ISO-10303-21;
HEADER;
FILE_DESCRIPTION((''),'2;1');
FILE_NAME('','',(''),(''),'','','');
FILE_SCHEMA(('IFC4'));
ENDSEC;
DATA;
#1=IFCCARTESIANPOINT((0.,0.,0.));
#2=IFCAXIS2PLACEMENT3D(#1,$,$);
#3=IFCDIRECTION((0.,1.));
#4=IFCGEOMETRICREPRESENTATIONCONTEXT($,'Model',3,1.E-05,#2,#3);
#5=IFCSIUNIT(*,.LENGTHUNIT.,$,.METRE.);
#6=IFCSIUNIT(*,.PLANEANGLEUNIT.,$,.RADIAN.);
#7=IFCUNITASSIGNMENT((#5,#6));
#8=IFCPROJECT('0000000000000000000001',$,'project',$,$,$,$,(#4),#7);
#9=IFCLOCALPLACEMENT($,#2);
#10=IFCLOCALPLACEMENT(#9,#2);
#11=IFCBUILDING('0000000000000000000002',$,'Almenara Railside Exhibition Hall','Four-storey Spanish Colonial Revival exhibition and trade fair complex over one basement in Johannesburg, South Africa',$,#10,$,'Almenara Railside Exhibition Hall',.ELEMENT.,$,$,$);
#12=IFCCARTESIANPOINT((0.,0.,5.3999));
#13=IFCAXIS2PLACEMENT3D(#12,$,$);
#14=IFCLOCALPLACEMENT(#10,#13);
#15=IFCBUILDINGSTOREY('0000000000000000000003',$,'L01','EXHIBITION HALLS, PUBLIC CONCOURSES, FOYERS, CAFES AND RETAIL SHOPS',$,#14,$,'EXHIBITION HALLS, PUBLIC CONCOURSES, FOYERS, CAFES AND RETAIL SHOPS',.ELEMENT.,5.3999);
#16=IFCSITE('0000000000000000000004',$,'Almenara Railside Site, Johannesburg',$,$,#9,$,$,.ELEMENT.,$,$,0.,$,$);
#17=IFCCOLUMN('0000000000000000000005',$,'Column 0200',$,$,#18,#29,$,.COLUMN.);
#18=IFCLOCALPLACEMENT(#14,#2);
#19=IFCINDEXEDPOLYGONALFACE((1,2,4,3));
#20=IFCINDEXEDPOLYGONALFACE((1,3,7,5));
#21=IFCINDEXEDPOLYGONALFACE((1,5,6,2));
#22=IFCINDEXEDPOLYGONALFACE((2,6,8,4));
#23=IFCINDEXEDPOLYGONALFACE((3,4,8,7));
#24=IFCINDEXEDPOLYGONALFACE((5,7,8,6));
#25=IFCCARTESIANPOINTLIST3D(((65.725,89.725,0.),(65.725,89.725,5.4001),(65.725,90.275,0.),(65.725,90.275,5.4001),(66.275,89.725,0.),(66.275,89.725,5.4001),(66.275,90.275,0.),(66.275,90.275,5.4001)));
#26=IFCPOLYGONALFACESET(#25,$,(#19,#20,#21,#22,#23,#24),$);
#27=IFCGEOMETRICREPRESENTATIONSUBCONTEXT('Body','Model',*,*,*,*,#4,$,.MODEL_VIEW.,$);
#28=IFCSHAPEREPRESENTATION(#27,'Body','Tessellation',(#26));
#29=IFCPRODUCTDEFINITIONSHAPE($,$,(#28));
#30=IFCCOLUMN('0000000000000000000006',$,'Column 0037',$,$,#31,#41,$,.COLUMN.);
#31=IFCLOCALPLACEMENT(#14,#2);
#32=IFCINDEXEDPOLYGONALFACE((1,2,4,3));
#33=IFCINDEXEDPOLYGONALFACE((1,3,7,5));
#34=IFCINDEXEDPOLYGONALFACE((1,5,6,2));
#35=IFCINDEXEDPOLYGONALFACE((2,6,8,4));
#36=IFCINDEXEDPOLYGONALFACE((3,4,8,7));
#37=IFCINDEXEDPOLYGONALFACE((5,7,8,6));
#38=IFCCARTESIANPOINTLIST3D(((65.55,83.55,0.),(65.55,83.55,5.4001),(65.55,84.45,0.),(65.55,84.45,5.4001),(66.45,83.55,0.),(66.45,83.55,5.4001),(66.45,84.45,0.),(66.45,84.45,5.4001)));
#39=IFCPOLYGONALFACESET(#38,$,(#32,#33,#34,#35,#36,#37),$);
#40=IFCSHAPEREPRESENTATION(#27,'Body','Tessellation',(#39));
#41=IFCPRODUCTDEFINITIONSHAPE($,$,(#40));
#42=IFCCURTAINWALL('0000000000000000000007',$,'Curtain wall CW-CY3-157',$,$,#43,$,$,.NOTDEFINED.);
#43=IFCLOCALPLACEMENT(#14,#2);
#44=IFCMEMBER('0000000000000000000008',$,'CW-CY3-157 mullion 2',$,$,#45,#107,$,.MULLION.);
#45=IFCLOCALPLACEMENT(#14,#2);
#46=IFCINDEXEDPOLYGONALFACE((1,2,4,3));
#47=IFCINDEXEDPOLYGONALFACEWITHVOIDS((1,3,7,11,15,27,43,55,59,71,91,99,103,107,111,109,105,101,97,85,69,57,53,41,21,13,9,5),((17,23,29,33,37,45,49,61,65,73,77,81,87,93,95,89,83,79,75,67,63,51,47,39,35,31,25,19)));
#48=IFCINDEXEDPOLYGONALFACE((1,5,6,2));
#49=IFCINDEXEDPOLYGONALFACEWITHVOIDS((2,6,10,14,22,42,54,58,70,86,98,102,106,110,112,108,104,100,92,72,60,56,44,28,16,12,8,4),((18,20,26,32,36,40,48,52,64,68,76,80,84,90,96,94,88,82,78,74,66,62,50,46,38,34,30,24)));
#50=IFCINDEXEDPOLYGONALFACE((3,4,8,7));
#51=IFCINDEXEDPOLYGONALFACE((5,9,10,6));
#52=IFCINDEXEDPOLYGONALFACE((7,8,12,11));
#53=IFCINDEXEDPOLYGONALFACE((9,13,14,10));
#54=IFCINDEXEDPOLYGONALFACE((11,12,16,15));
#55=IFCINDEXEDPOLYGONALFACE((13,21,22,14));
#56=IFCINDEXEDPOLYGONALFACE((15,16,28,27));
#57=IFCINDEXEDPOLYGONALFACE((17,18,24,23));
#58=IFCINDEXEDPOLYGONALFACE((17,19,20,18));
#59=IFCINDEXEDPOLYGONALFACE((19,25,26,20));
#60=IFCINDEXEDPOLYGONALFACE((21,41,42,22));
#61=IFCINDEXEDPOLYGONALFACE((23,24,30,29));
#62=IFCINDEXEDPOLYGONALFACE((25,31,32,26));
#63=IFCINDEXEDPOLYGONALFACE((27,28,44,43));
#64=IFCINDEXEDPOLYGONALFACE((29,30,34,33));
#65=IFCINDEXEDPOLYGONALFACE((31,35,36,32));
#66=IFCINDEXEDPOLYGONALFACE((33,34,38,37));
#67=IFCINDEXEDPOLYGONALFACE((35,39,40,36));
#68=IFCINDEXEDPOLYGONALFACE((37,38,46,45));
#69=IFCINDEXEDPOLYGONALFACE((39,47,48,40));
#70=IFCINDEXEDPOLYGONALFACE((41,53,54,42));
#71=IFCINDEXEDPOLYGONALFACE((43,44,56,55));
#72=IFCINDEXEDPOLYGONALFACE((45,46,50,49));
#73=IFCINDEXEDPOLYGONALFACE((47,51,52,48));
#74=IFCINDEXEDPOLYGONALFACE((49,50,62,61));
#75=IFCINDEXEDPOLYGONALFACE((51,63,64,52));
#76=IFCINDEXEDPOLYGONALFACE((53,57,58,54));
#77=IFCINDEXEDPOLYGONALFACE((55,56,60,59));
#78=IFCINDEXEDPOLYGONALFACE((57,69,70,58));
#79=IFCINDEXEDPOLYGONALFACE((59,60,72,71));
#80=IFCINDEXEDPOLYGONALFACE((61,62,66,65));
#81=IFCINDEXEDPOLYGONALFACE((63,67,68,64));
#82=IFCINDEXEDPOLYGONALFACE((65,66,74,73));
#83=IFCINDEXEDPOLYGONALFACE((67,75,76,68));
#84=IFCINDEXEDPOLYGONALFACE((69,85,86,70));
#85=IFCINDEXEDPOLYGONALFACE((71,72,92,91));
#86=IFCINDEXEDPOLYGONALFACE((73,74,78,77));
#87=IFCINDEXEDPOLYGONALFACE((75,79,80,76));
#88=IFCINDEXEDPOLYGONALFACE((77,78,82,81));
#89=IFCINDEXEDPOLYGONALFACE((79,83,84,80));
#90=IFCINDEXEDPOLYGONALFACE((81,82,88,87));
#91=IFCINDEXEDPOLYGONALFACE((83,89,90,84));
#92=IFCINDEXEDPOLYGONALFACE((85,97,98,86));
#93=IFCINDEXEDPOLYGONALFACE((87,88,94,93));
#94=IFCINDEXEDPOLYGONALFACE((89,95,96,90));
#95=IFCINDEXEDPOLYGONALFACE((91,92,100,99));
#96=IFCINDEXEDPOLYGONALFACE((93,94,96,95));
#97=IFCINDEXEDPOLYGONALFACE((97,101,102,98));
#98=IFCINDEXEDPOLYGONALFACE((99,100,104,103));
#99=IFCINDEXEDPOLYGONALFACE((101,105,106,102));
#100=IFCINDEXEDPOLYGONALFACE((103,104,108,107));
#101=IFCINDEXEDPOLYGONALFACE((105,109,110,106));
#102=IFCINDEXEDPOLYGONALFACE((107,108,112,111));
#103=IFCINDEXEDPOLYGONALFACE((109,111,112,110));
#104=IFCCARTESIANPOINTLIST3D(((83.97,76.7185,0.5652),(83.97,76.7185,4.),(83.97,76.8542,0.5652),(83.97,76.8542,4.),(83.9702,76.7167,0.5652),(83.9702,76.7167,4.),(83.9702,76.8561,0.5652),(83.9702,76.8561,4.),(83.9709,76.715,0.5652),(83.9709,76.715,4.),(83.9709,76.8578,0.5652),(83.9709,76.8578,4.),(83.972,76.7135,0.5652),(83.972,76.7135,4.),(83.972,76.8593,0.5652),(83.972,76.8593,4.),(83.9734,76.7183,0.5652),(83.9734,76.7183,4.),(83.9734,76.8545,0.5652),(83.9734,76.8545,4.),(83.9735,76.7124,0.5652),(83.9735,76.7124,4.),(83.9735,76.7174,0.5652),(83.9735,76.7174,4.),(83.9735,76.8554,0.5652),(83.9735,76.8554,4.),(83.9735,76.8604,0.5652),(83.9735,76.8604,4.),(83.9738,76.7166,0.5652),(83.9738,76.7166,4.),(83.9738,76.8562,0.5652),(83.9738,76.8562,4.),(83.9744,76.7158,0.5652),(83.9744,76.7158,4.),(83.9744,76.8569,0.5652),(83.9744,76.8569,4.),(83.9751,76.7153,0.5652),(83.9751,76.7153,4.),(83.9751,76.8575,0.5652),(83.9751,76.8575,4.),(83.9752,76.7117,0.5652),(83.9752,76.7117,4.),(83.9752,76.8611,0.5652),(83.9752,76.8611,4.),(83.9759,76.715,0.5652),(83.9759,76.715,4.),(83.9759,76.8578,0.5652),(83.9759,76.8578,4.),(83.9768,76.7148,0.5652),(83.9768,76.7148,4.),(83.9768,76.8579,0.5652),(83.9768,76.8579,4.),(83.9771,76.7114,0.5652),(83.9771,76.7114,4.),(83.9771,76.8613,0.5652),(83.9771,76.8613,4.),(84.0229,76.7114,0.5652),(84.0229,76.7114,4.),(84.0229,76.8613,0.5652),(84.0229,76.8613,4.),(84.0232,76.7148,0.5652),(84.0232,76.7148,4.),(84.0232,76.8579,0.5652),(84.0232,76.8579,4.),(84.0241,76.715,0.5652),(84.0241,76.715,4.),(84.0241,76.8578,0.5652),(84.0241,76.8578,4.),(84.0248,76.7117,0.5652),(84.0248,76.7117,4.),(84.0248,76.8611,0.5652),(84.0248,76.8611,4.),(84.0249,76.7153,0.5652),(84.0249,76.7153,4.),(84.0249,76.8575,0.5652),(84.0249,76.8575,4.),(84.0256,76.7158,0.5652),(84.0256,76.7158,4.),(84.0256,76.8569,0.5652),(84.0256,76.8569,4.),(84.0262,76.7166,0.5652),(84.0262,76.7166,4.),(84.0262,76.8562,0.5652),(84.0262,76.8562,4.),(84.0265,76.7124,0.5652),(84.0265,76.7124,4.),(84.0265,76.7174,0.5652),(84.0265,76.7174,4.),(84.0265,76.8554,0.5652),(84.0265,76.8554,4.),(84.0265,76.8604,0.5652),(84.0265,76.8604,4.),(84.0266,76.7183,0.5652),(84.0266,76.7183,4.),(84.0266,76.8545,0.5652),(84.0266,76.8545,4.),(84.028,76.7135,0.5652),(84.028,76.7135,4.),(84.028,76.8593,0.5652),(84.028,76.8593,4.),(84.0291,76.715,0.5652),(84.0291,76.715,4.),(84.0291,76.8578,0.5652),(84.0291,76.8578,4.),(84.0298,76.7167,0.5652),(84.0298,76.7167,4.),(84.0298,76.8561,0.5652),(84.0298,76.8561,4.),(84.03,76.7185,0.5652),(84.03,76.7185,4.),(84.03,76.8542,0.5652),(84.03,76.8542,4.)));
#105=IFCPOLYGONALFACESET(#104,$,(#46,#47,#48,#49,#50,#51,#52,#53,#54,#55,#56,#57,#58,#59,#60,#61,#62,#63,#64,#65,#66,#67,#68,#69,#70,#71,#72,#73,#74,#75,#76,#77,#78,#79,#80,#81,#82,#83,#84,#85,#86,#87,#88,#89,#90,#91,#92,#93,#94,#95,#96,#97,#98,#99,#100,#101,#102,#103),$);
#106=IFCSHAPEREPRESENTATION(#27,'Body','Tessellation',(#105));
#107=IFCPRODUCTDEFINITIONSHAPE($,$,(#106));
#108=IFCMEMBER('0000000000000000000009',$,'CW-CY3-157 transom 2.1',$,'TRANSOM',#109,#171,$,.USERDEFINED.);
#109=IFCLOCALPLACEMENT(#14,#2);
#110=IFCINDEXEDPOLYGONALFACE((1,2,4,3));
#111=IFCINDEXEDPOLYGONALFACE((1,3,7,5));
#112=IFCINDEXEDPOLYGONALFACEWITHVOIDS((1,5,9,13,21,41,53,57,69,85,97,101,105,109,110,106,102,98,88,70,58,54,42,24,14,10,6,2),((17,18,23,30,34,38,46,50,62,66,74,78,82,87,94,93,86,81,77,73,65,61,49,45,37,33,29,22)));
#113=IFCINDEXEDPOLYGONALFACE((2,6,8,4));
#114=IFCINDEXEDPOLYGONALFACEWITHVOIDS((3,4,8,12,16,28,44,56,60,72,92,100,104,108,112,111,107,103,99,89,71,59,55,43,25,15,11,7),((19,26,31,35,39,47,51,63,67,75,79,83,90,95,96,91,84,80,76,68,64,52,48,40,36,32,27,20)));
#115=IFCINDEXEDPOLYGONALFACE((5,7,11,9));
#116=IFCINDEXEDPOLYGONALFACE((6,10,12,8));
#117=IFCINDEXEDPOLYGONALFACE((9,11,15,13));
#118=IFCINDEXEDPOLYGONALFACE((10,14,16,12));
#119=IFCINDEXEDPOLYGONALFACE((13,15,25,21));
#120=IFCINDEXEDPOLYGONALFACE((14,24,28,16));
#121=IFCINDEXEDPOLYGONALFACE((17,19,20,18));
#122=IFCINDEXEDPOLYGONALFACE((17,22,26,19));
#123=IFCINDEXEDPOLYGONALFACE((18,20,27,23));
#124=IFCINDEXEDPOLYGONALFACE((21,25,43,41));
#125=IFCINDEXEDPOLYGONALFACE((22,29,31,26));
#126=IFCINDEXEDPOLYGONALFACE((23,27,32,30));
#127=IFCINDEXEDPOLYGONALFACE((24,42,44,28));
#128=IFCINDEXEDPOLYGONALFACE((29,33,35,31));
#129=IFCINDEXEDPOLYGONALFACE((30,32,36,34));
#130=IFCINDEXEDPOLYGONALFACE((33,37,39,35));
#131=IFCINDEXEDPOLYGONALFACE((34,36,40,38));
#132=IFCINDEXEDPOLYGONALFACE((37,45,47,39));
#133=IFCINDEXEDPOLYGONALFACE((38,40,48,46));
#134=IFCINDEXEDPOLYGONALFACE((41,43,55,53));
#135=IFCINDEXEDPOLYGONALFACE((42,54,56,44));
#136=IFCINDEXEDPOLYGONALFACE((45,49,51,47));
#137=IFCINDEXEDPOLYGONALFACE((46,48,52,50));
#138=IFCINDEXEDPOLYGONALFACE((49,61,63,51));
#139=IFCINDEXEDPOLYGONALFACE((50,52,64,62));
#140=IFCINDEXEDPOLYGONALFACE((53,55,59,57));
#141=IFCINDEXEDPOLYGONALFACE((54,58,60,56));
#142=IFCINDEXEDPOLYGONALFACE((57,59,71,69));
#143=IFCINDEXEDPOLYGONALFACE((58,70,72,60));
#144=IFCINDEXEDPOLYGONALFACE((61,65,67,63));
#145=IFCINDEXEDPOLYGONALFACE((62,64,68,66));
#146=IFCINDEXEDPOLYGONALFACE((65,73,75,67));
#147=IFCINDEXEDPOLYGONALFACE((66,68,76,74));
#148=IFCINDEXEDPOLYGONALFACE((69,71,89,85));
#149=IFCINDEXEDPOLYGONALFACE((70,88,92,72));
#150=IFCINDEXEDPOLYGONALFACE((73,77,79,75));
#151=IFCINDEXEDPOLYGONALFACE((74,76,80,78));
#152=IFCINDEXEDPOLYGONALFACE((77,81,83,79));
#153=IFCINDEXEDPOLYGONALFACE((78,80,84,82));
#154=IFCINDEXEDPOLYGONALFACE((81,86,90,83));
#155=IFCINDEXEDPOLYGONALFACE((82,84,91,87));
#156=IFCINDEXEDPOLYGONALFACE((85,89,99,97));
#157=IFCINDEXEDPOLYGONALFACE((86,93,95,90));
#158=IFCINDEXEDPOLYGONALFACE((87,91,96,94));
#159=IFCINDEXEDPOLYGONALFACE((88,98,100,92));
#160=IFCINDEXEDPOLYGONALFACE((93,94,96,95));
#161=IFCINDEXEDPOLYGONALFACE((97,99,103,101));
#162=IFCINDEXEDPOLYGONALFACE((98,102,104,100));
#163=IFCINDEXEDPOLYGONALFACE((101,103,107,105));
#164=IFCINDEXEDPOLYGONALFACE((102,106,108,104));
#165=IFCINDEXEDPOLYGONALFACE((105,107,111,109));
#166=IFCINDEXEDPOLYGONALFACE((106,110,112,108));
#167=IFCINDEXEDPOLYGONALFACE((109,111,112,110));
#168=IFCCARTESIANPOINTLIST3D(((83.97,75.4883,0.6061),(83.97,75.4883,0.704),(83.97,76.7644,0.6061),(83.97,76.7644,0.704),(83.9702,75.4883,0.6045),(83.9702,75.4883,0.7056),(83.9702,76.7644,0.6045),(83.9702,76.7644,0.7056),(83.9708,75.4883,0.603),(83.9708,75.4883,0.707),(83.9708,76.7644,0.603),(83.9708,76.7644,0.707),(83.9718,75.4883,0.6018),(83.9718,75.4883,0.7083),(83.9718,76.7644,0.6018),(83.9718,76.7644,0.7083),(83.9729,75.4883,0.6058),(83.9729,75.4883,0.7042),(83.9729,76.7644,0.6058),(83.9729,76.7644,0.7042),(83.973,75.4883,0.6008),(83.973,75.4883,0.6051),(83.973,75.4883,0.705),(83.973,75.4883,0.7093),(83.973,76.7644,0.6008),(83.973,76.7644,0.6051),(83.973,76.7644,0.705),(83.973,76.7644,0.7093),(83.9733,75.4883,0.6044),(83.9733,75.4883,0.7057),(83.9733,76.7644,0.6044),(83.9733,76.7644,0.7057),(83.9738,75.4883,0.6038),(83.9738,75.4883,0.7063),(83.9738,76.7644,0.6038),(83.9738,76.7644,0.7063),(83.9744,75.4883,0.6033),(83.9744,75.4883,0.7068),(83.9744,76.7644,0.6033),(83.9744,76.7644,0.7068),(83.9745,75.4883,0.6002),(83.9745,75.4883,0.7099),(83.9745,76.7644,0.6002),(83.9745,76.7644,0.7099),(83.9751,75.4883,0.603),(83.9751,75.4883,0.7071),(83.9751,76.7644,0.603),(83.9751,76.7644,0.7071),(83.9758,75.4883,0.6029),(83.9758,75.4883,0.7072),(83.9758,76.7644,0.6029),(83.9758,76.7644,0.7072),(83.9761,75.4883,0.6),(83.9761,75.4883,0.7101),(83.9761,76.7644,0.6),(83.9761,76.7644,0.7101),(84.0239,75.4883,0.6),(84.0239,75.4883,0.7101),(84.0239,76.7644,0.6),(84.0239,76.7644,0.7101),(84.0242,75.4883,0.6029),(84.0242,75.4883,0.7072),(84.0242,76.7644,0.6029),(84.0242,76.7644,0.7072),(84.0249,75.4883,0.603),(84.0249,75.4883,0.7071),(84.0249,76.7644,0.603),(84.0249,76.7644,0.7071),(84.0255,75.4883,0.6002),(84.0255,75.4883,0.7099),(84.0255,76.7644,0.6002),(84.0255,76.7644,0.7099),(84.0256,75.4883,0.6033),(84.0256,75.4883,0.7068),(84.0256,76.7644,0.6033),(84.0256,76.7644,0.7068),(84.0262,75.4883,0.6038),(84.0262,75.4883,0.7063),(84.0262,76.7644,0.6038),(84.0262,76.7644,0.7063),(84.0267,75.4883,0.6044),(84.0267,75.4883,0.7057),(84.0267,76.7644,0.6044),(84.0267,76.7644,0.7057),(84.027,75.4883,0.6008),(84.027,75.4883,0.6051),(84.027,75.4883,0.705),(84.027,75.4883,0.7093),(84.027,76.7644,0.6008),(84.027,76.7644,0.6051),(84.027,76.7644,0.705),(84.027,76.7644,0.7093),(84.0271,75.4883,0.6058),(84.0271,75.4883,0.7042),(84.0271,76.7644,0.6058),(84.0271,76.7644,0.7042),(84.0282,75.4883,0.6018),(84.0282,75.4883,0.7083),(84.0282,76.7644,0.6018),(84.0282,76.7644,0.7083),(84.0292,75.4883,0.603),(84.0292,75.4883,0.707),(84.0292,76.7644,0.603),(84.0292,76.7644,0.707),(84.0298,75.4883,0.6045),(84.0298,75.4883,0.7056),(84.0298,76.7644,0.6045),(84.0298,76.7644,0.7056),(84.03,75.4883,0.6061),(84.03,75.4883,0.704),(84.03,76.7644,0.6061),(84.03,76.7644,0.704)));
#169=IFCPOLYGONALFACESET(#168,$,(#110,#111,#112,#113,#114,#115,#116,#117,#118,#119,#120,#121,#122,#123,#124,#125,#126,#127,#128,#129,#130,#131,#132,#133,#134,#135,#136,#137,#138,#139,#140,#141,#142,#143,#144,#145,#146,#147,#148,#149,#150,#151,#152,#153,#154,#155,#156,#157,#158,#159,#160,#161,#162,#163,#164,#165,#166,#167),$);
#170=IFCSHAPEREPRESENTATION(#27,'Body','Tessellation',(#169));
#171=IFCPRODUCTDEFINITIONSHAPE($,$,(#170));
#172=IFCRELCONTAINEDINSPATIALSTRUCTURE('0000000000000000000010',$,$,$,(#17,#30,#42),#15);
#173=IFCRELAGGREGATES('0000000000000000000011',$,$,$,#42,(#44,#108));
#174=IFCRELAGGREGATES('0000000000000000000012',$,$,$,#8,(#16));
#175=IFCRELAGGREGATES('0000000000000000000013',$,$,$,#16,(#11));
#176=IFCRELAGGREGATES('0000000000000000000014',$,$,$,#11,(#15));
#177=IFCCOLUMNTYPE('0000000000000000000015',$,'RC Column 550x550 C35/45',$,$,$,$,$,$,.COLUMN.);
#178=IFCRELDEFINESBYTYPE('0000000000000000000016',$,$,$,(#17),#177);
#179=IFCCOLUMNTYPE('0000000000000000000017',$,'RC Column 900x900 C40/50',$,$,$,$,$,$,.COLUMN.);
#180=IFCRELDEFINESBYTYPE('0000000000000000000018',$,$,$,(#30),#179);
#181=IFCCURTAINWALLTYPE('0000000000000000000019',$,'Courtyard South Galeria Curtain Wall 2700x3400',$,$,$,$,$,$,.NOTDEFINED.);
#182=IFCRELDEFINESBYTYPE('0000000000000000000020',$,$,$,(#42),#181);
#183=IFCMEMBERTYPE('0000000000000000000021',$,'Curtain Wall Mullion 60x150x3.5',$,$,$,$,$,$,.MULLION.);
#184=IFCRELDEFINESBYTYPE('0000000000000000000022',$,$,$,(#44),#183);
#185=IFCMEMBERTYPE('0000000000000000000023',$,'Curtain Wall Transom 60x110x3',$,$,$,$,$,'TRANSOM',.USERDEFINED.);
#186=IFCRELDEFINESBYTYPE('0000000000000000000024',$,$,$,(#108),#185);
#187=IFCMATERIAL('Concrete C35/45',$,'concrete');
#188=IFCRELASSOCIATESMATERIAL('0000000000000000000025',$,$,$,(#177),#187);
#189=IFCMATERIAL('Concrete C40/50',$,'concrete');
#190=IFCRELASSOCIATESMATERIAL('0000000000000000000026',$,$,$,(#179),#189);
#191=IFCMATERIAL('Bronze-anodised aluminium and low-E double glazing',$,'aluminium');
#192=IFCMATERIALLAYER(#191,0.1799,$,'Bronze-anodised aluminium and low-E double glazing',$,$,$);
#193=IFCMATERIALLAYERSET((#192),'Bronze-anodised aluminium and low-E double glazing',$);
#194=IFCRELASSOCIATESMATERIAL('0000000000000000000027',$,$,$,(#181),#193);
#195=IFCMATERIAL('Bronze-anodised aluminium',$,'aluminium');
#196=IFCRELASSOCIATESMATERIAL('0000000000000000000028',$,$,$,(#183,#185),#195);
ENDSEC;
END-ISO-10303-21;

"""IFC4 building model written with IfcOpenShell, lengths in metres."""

from ifc_helpers import new_model, si_unit, direction, frame, origin, origin_2d, place, context, subcontext, project, spatial, rectangle, hollow_rectangle, extrude, material, layer, layer_set, material_profile, profile_set, type_object, element, aggregate, save


model = new_model("IFC4")

# Units and contexts
model_context = context("Model", 3, precision=1e-05, world=origin(), true_north=direction((0.0, 1.0)))
body_context = subcontext(model_context, "Body", "Model", "MODEL_VIEW")
ifc_project = project(units=[si_unit("LENGTHUNIT", "METRE"), si_unit("PLANEANGLEUNIT", "RADIAN")], contexts=[model_context])

# Site, building, storey
site_placement = place(None, origin())
site = spatial("IfcSite", under=ifc_project, at=site_placement, Name="Almenara Railside Site, Johannesburg", CompositionType="ELEMENT", RefElevation=0.0)
building_placement = place(site_placement, origin())
building = spatial("IfcBuilding", under=site, at=building_placement, Name="Almenara Railside Exhibition Hall", Description="Four-storey Spanish Colonial Revival exhibition and trade fair complex over one basement in Johannesburg, South Africa", LongName="Almenara Railside Exhibition Hall", CompositionType="ELEMENT")
storey_placement = place(building_placement, frame((0.0, 0.0, 5.3999)))
storey = spatial("IfcBuildingStorey", under=building, at=storey_placement, Name="L01", Description="EXHIBITION HALLS, PUBLIC CONCOURSES, FOYERS, CAFES AND RETAIL SHOPS", LongName="EXHIBITION HALLS, PUBLIC CONCOURSES, FOYERS, CAFES AND RETAIL SHOPS", CompositionType="ELEMENT", Elevation=5.3999)

# Columns
ifc_material_1 = material(Name="Concrete C35/45", Category="concrete")
ifc_material_profile_1 = material_profile(ifc_material_1, rectangle(XDim=0.55, YDim=0.55, at=origin_2d()), Name="RC 550x550")
ifc_profile_set_1 = profile_set([ifc_material_profile_1], Name="Concrete C35/45")
column_type_1 = type_object("IfcColumnType", Name="RC Column 550x550 C35/45", PredefinedType="COLUMN", material=ifc_profile_set_1)
column_1_placement = place(storey_placement, frame((66.0, 90.0, 0.0), z_axis=(0.0, 0.0, 1.0), x_axis=(1.0, 0.0, 0.0)))
element("IfcColumn", 1, at=column_1_placement, inside=storey, type_object=column_type_1, Name="Column 0200", PredefinedType="COLUMN", context=body_context, shape_type="SweptSolid", body=[
    extrude(rectangle(XDim=0.55, YDim=0.55, at=origin_2d()), origin(), (0.0, 0.0, 1.0), 5.4001),
])
ifc_material_2 = material(Name="Concrete C40/50", Category="concrete")
ifc_material_profile_2 = material_profile(ifc_material_2, rectangle(XDim=0.8999, YDim=0.8999, at=origin_2d()), Name="RC 900x900")
ifc_profile_set_2 = profile_set([ifc_material_profile_2], Name="Concrete C40/50")
column_type_2 = type_object("IfcColumnType", Name="RC Column 900x900 C40/50", PredefinedType="COLUMN", material=ifc_profile_set_2)
column_2_placement = place(storey_placement, frame((66.0, 84.0, 0.0), z_axis=(0.0, 0.0, 1.0), x_axis=(1.0, 0.0, 0.0)))
element("IfcColumn", 2, at=column_2_placement, inside=storey, type_object=column_type_2, Name="Column 0037", PredefinedType="COLUMN", context=body_context, shape_type="SweptSolid", body=[
    extrude(rectangle(XDim=0.8999, YDim=0.8999, at=origin_2d()), origin(), (0.0, 0.0, 1.0), 5.4001),
])

# Curtain wall, members
ifc_material_3 = material(Name="Bronze-anodised aluminium and low-E double glazing", Category="aluminium")
ifc_layer_1 = layer(ifc_material_3, 0.1799, Name="Bronze-anodised aluminium and low-E double glazing")
ifc_layer_set_1 = layer_set([ifc_layer_1], Name="Bronze-anodised aluminium and low-E double glazing")
curtain_wall_type = type_object("IfcCurtainWallType", Name="Courtyard South Galeria Curtain Wall 2700x3400", PredefinedType="NOTDEFINED", material=ifc_layer_set_1)
curtain_wall_placement = place(storey_placement, origin())
curtain_wall = element("IfcCurtainWall", 3, at=curtain_wall_placement, inside=storey, type_object=curtain_wall_type, Name="Curtain wall CW-CY3-157", PredefinedType="NOTDEFINED")
ifc_material_4 = material(Name="Bronze-anodised aluminium", Category="aluminium")
ifc_material_profile_3 = material_profile(ifc_material_4, hollow_rectangle(XDim=0.0601, YDim=0.1499, WallThickness=0.0034, InnerFilletRadius=0.0034, OuterFilletRadius=0.0071, at=origin_2d()), Name="ALU-MUL 60x150x3.5")
ifc_profile_set_3 = profile_set([ifc_material_profile_3], Name="Bronze-anodised aluminium")
member_type_1 = type_object("IfcMemberType", Name="Curtain Wall Mullion 60x150x3.5", PredefinedType="MULLION", material=ifc_profile_set_3)
member_1_placement = place(storey_placement, frame((84.0, 76.7864, 0.5652), z_axis=(0.0, 0.0, 1.0), x_axis=(1.0, 0.0, 0.0)))
member_1 = element("IfcMember", 4, at=member_1_placement, type_object=member_type_1, Name="CW-CY3-157 mullion 2", PredefinedType="MULLION", context=body_context, shape_type="SweptSolid", body=[
    extrude(hollow_rectangle(XDim=0.0601, YDim=0.1499, WallThickness=0.0034, InnerFilletRadius=0.0034, OuterFilletRadius=0.0071, at=origin_2d()), origin(), (0.0, 0.0, 1.0), 3.4348),
])
ifc_material_profile_4 = material_profile(ifc_material_4, hollow_rectangle(XDim=0.0601, YDim=0.1101, WallThickness=0.0029, InnerFilletRadius=0.0029, OuterFilletRadius=0.0061, at=origin_2d()), Name="ALU-TRN 60x110x3")
ifc_profile_set_4 = profile_set([ifc_material_profile_4], Name="Bronze-anodised aluminium")
member_type_2 = type_object("IfcMemberType", Name="Curtain Wall Transom 60x110x3", ElementType="TRANSOM", PredefinedType="USERDEFINED", material=ifc_profile_set_4)
member_2_placement = place(storey_placement, frame((84.0, 76.7644, 0.655), z_axis=(0.0, -1.0, 0.0), x_axis=(1.0, 0.0, 0.0)))
member_2 = element("IfcMember", 5, at=member_2_placement, type_object=member_type_2, Name="CW-CY3-157 transom 2.1", ObjectType="TRANSOM", PredefinedType="USERDEFINED", context=body_context, shape_type="SweptSolid", body=[
    extrude(hollow_rectangle(XDim=0.0601, YDim=0.1101, WallThickness=0.0029, InnerFilletRadius=0.0029, OuterFilletRadius=0.0061, at=origin_2d()), origin(), (0.0, 0.0, 1.0), 1.2761),
])

aggregate(curtain_wall, [member_1, member_2])

save(model, "model.ifc")
